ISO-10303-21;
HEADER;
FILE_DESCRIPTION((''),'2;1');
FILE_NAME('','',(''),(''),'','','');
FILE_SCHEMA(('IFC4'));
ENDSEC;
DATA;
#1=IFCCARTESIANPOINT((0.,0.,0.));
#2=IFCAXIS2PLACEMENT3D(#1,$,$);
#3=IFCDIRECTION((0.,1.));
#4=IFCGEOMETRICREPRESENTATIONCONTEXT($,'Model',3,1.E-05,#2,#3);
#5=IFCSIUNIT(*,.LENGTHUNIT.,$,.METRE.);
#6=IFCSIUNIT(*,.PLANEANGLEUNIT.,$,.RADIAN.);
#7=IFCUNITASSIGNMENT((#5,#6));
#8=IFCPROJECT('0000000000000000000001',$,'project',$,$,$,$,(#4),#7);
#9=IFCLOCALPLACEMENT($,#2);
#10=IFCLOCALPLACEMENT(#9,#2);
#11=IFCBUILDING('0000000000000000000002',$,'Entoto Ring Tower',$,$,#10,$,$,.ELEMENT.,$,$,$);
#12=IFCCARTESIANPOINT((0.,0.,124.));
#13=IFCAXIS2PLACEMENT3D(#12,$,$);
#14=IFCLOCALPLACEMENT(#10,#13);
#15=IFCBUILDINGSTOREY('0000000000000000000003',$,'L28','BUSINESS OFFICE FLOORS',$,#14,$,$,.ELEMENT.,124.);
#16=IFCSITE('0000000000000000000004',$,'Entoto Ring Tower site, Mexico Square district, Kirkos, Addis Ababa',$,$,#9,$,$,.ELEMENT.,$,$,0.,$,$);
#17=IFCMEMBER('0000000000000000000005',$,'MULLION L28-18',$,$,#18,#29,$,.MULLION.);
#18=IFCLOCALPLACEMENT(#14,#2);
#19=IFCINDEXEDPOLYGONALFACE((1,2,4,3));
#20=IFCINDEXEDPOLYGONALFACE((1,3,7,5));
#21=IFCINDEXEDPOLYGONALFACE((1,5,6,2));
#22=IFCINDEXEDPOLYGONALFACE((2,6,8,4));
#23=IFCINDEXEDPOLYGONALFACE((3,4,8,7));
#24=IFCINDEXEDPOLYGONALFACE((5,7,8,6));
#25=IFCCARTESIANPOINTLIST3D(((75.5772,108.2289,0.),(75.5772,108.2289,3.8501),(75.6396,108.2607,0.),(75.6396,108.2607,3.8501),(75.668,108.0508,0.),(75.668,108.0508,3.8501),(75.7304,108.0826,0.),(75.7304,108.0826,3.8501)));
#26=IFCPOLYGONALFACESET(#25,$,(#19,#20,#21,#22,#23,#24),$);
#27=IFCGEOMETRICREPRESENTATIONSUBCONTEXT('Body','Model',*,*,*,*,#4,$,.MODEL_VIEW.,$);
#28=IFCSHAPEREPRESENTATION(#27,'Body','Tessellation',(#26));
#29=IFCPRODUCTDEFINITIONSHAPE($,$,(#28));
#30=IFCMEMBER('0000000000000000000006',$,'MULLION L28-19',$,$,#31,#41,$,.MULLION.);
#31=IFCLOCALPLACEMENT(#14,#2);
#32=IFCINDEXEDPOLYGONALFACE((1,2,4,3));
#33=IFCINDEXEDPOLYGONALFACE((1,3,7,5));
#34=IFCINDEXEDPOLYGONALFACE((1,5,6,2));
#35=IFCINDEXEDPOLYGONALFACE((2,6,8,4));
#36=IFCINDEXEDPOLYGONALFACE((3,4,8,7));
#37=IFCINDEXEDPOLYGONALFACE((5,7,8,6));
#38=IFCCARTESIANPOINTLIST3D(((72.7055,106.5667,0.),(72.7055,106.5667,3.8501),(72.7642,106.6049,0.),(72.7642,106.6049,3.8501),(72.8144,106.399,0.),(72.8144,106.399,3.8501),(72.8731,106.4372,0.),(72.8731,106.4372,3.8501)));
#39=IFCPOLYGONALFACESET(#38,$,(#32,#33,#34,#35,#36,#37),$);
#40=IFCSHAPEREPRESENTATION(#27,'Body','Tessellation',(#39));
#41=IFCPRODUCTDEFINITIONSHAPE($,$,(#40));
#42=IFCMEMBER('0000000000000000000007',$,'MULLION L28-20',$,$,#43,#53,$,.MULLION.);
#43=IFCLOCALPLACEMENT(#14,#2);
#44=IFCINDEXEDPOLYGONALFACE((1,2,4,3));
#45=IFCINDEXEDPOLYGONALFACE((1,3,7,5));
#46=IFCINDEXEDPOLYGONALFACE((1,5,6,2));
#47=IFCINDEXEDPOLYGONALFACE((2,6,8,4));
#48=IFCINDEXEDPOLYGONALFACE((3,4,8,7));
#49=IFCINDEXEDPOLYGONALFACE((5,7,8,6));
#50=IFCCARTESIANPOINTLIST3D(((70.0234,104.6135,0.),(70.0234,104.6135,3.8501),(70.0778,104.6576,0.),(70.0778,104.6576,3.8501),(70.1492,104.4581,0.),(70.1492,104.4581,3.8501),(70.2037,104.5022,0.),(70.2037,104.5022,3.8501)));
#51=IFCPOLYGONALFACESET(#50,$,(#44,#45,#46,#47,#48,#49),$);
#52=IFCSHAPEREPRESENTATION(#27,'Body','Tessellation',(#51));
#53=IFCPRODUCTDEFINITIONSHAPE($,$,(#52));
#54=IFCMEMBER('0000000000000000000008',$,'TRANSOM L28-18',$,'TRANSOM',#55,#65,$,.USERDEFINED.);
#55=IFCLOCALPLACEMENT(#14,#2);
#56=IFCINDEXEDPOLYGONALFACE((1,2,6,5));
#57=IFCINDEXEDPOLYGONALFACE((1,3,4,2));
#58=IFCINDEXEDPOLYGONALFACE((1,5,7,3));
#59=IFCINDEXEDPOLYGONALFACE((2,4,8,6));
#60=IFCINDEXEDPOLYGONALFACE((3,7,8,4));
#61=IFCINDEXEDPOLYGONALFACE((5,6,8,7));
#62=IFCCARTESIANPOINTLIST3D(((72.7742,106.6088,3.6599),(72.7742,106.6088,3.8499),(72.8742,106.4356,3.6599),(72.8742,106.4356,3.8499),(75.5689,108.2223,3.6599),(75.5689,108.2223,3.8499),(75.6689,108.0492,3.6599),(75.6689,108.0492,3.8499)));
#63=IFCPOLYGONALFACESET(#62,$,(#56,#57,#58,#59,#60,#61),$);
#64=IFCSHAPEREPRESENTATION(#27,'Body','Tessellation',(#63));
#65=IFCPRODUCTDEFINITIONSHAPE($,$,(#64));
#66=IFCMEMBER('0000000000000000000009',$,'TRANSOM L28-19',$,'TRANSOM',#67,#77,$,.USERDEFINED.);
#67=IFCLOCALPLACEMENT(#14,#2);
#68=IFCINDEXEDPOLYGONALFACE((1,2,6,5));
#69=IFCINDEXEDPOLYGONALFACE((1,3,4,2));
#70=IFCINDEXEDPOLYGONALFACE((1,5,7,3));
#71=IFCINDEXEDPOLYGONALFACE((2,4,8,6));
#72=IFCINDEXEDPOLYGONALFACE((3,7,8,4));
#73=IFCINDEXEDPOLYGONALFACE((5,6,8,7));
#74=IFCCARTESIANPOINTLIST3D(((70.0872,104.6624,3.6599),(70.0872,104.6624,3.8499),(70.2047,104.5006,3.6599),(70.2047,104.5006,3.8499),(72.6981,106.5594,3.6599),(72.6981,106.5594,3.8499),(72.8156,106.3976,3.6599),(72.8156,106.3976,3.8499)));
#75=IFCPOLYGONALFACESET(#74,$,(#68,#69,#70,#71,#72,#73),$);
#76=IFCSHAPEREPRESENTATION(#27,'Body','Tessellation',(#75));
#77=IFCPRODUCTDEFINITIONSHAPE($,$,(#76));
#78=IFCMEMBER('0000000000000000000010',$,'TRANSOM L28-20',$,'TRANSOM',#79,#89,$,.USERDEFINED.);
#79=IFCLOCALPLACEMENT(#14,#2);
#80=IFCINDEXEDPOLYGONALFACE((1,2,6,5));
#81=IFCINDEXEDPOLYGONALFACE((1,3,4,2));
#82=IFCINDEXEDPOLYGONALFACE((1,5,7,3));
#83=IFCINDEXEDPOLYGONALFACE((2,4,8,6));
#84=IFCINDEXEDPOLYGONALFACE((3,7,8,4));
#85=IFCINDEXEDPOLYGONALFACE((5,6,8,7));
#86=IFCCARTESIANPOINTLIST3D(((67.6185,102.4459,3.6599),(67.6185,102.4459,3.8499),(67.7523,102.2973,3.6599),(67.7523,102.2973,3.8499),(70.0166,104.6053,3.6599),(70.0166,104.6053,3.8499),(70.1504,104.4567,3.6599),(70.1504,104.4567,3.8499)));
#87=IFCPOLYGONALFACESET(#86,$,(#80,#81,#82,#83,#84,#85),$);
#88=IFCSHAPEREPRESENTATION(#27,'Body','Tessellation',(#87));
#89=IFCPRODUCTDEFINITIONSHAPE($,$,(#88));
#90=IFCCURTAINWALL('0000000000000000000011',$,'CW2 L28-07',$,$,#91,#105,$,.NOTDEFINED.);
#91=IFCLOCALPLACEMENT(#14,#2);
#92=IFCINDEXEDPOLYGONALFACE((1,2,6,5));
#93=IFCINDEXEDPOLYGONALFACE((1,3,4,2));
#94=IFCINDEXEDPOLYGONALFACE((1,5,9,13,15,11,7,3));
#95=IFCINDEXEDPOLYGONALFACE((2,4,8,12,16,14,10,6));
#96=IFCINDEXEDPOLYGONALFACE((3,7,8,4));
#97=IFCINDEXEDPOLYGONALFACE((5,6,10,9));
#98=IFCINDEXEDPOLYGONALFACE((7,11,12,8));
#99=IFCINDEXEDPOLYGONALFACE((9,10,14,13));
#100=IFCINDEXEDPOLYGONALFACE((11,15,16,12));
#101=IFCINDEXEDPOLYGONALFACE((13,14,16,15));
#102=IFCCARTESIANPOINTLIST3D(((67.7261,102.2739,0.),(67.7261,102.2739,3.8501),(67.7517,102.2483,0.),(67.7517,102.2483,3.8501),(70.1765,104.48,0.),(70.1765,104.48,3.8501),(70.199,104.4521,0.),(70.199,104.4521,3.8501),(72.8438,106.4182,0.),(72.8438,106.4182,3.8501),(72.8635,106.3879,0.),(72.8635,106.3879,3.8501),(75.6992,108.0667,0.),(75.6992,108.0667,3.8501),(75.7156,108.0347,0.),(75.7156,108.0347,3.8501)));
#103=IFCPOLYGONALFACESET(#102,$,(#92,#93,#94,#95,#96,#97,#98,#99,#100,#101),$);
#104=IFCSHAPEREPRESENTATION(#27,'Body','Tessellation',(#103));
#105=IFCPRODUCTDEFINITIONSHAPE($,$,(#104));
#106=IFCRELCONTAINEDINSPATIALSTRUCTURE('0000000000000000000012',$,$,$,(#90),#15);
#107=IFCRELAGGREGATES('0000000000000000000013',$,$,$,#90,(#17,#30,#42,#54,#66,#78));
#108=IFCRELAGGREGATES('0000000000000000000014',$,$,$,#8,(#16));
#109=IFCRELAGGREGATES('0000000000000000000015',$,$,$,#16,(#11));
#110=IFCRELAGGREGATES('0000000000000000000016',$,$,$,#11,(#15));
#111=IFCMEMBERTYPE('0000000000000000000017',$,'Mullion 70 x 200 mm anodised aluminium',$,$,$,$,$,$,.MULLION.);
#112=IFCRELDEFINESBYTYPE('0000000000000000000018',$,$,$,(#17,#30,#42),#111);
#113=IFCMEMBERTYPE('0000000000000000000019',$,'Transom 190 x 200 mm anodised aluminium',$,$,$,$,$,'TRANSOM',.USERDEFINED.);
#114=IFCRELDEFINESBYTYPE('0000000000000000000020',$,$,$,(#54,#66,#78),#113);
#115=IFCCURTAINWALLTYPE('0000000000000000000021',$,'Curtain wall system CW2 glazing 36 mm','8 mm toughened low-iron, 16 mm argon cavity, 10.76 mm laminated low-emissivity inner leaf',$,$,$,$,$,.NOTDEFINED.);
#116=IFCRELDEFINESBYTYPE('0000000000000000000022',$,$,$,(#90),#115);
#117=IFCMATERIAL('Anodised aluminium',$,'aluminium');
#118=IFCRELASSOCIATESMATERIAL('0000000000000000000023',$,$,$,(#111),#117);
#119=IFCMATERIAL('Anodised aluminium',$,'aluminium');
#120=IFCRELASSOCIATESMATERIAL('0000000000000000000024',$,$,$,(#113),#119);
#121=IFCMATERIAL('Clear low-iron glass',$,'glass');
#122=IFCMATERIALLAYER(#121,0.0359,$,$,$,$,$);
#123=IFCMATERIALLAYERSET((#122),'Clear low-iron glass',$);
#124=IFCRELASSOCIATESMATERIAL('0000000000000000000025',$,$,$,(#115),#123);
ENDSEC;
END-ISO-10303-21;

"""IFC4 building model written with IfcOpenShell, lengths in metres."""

from ifc_helpers import new_model, si_unit, direction, frame, origin, origin_2d, place, context, subcontext, project, spatial, polyline, rectangle, outline, extrude, material, layer, layer_set, material_profile, profile_set, type_object, element, aggregate, save


model = new_model("IFC4")

# Units and contexts
model_context = context("Model", 3, precision=1e-05, world=origin(), true_north=direction((0.0, 1.0)))
body_context = subcontext(model_context, "Body", "Model", "MODEL_VIEW")
ifc_project = project(units=[si_unit("LENGTHUNIT", "METRE"), si_unit("PLANEANGLEUNIT", "RADIAN")], contexts=[model_context])

# Members
ifc_material_1 = material(Name="Anodised aluminium", Category="aluminium")
ifc_material_profile_1 = material_profile(ifc_material_1, rectangle(XDim=0.0701, YDim=0.2, at=origin_2d()), Name="Mullion 70 x 200 mm anodised aluminium")
ifc_profile_set_1 = profile_set([ifc_material_profile_1], Name="Anodised aluminium")
member_type_1 = type_object("IfcMemberType", Name="Mullion 70 x 200 mm anodised aluminium", PredefinedType="MULLION", material=ifc_profile_set_1)
site_placement = place(None, origin())
building_placement = place(site_placement, origin())
storey_placement = place(building_placement, frame((0.0, 0.0, 124.0)))
member_1_placement = place(storey_placement, frame((75.6538, 108.1558, 0.0), z_axis=(0.0, 0.0, 1.0), x_axis=(-0.891007, -0.45399, 0.0)))
member_1 = element("IfcMember", 1, at=member_1_placement, type_object=member_type_1, Name="MULLION L28-18", PredefinedType="MULLION", context=body_context, shape_type="SweptSolid", body=[
    extrude(rectangle(XDim=0.0701, YDim=0.2, at=origin_2d()), origin(), (0.0, 0.0, 1.0), 3.8501),
])
member_2_placement = place(storey_placement, frame((72.7893, 106.502, 0.0), z_axis=(0.0, 0.0, 1.0), x_axis=(-0.838671, -0.544639, 0.0)))
member_2 = element("IfcMember", 2, at=member_2_placement, type_object=member_type_1, Name="MULLION L28-19", PredefinedType="MULLION", context=body_context, shape_type="SweptSolid", body=[
    extrude(rectangle(XDim=0.0701, YDim=0.2, at=origin_2d()), origin(), (0.0, 0.0, 1.0), 3.8501),
])
member_3_placement = place(storey_placement, frame((70.1135, 104.5579, 0.0), z_axis=(0.0, 0.0, 1.0), x_axis=(-0.777146, -0.62932, 0.0)))
member_3 = element("IfcMember", 3, at=member_3_placement, type_object=member_type_1, Name="MULLION L28-20", PredefinedType="MULLION", context=body_context, shape_type="SweptSolid", body=[
    extrude(rectangle(XDim=0.0701, YDim=0.2, at=origin_2d()), origin(), (0.0, 0.0, 1.0), 3.8501),
])
ifc_material_2 = material(Name="Anodised aluminium", Category="aluminium")
ifc_material_profile_2 = material_profile(ifc_material_2, rectangle(XDim=0.2, YDim=0.1899, at=origin_2d()), Name="Transom 190 x 200 mm anodised aluminium")
ifc_profile_set_2 = profile_set([ifc_material_profile_2], Name="Anodised aluminium")
member_type_2 = type_object("IfcMemberType", Name="Transom 190 x 200 mm anodised aluminium", ElementType="TRANSOM", PredefinedType="USERDEFINED", material=ifc_profile_set_2)
member_4_placement = place(storey_placement, frame((75.6189, 108.1357, 3.7549), z_axis=(-0.866023, -0.500004, 0.0), x_axis=(0.500004, -0.866023, 0.0)))
member_4 = element("IfcMember", 4, at=member_4_placement, type_object=member_type_2, Name="TRANSOM L28-18", ObjectType="TRANSOM", PredefinedType="USERDEFINED", context=body_context, shape_type="SweptSolid", body=[
    extrude(rectangle(XDim=0.2, YDim=0.1899, at=origin_2d()), origin(), (0.0, 0.0, 1.0), 3.2271),
])
member_5_placement = place(storey_placement, frame((72.7568, 106.4785, 3.7549), z_axis=(-0.809004, -0.587803, 0.0), x_axis=(0.587803, -0.809004, 0.0)))
member_5 = element("IfcMember", 5, at=member_5_placement, type_object=member_type_2, Name="TRANSOM L28-19", ObjectType="TRANSOM", PredefinedType="USERDEFINED", context=body_context, shape_type="SweptSolid", body=[
    extrude(rectangle(XDim=0.2, YDim=0.1899, at=origin_2d()), origin(), (0.0, 0.0, 1.0), 3.2273),
])
member_6_placement = place(storey_placement, frame((70.0835, 104.531, 3.7549), z_axis=(-0.743132, -0.669144, 0.0), x_axis=(0.669144, -0.743132, 0.0)))
member_6 = element("IfcMember", 6, at=member_6_placement, type_object=member_type_2, Name="TRANSOM L28-20", ObjectType="TRANSOM", PredefinedType="USERDEFINED", context=body_context, shape_type="SweptSolid", body=[
    extrude(rectangle(XDim=0.2, YDim=0.1899, at=origin_2d()), origin(), (0.0, 0.0, 1.0), 3.2271),
])

# Site, building, storey
site = spatial("IfcSite", under=ifc_project, at=site_placement, Name="Entoto Ring Tower site, Mexico Square district, Kirkos, Addis Ababa", CompositionType="ELEMENT", RefElevation=0.0)
building = spatial("IfcBuilding", under=site, at=building_placement, Name="Entoto Ring Tower", CompositionType="ELEMENT")
storey = spatial("IfcBuildingStorey", under=building, at=storey_placement, Name="L28", Description="BUSINESS OFFICE FLOORS", CompositionType="ELEMENT", Elevation=124.0)

# Curtain wall
ifc_material_3 = material(Name="Clear low-iron glass", Category="glass")
ifc_layer = layer(ifc_material_3, 0.0359)
ifc_layer_set = layer_set([ifc_layer], Name="Clear low-iron glass")
curtain_wall_type = type_object("IfcCurtainWallType", Name="Curtain wall system CW2 glazing 36 mm", Description="8 mm toughened low-iron, 16 mm argon cavity, 10.76 mm laminated low-emissivity inner leaf", PredefinedType="NOTDEFINED", material=ifc_layer_set)
curtain_wall_1_placement = place(storey_placement, origin())
curtain_wall_1 = element("IfcCurtainWall", 7, at=curtain_wall_1_placement, inside=storey, type_object=curtain_wall_type, Name="CW2 L28-07", PredefinedType="NOTDEFINED", context=body_context, shape_type="SweptSolid", body=[
    extrude(outline(polyline([(75.6992, 108.0667), (72.8438, 106.4182), (70.1765, 104.48), (67.7261, 102.2739), (67.7517, 102.2483), (70.199, 104.4521), (72.8635, 106.3879), (75.7156, 108.0347), (75.6992, 108.0667)])), origin(), (0.0, 0.0, 1.0), 3.8501),
])
aggregate(curtain_wall_1, [member_1, member_2, member_3, member_4, member_5, member_6])

save(model, "model.ifc")
